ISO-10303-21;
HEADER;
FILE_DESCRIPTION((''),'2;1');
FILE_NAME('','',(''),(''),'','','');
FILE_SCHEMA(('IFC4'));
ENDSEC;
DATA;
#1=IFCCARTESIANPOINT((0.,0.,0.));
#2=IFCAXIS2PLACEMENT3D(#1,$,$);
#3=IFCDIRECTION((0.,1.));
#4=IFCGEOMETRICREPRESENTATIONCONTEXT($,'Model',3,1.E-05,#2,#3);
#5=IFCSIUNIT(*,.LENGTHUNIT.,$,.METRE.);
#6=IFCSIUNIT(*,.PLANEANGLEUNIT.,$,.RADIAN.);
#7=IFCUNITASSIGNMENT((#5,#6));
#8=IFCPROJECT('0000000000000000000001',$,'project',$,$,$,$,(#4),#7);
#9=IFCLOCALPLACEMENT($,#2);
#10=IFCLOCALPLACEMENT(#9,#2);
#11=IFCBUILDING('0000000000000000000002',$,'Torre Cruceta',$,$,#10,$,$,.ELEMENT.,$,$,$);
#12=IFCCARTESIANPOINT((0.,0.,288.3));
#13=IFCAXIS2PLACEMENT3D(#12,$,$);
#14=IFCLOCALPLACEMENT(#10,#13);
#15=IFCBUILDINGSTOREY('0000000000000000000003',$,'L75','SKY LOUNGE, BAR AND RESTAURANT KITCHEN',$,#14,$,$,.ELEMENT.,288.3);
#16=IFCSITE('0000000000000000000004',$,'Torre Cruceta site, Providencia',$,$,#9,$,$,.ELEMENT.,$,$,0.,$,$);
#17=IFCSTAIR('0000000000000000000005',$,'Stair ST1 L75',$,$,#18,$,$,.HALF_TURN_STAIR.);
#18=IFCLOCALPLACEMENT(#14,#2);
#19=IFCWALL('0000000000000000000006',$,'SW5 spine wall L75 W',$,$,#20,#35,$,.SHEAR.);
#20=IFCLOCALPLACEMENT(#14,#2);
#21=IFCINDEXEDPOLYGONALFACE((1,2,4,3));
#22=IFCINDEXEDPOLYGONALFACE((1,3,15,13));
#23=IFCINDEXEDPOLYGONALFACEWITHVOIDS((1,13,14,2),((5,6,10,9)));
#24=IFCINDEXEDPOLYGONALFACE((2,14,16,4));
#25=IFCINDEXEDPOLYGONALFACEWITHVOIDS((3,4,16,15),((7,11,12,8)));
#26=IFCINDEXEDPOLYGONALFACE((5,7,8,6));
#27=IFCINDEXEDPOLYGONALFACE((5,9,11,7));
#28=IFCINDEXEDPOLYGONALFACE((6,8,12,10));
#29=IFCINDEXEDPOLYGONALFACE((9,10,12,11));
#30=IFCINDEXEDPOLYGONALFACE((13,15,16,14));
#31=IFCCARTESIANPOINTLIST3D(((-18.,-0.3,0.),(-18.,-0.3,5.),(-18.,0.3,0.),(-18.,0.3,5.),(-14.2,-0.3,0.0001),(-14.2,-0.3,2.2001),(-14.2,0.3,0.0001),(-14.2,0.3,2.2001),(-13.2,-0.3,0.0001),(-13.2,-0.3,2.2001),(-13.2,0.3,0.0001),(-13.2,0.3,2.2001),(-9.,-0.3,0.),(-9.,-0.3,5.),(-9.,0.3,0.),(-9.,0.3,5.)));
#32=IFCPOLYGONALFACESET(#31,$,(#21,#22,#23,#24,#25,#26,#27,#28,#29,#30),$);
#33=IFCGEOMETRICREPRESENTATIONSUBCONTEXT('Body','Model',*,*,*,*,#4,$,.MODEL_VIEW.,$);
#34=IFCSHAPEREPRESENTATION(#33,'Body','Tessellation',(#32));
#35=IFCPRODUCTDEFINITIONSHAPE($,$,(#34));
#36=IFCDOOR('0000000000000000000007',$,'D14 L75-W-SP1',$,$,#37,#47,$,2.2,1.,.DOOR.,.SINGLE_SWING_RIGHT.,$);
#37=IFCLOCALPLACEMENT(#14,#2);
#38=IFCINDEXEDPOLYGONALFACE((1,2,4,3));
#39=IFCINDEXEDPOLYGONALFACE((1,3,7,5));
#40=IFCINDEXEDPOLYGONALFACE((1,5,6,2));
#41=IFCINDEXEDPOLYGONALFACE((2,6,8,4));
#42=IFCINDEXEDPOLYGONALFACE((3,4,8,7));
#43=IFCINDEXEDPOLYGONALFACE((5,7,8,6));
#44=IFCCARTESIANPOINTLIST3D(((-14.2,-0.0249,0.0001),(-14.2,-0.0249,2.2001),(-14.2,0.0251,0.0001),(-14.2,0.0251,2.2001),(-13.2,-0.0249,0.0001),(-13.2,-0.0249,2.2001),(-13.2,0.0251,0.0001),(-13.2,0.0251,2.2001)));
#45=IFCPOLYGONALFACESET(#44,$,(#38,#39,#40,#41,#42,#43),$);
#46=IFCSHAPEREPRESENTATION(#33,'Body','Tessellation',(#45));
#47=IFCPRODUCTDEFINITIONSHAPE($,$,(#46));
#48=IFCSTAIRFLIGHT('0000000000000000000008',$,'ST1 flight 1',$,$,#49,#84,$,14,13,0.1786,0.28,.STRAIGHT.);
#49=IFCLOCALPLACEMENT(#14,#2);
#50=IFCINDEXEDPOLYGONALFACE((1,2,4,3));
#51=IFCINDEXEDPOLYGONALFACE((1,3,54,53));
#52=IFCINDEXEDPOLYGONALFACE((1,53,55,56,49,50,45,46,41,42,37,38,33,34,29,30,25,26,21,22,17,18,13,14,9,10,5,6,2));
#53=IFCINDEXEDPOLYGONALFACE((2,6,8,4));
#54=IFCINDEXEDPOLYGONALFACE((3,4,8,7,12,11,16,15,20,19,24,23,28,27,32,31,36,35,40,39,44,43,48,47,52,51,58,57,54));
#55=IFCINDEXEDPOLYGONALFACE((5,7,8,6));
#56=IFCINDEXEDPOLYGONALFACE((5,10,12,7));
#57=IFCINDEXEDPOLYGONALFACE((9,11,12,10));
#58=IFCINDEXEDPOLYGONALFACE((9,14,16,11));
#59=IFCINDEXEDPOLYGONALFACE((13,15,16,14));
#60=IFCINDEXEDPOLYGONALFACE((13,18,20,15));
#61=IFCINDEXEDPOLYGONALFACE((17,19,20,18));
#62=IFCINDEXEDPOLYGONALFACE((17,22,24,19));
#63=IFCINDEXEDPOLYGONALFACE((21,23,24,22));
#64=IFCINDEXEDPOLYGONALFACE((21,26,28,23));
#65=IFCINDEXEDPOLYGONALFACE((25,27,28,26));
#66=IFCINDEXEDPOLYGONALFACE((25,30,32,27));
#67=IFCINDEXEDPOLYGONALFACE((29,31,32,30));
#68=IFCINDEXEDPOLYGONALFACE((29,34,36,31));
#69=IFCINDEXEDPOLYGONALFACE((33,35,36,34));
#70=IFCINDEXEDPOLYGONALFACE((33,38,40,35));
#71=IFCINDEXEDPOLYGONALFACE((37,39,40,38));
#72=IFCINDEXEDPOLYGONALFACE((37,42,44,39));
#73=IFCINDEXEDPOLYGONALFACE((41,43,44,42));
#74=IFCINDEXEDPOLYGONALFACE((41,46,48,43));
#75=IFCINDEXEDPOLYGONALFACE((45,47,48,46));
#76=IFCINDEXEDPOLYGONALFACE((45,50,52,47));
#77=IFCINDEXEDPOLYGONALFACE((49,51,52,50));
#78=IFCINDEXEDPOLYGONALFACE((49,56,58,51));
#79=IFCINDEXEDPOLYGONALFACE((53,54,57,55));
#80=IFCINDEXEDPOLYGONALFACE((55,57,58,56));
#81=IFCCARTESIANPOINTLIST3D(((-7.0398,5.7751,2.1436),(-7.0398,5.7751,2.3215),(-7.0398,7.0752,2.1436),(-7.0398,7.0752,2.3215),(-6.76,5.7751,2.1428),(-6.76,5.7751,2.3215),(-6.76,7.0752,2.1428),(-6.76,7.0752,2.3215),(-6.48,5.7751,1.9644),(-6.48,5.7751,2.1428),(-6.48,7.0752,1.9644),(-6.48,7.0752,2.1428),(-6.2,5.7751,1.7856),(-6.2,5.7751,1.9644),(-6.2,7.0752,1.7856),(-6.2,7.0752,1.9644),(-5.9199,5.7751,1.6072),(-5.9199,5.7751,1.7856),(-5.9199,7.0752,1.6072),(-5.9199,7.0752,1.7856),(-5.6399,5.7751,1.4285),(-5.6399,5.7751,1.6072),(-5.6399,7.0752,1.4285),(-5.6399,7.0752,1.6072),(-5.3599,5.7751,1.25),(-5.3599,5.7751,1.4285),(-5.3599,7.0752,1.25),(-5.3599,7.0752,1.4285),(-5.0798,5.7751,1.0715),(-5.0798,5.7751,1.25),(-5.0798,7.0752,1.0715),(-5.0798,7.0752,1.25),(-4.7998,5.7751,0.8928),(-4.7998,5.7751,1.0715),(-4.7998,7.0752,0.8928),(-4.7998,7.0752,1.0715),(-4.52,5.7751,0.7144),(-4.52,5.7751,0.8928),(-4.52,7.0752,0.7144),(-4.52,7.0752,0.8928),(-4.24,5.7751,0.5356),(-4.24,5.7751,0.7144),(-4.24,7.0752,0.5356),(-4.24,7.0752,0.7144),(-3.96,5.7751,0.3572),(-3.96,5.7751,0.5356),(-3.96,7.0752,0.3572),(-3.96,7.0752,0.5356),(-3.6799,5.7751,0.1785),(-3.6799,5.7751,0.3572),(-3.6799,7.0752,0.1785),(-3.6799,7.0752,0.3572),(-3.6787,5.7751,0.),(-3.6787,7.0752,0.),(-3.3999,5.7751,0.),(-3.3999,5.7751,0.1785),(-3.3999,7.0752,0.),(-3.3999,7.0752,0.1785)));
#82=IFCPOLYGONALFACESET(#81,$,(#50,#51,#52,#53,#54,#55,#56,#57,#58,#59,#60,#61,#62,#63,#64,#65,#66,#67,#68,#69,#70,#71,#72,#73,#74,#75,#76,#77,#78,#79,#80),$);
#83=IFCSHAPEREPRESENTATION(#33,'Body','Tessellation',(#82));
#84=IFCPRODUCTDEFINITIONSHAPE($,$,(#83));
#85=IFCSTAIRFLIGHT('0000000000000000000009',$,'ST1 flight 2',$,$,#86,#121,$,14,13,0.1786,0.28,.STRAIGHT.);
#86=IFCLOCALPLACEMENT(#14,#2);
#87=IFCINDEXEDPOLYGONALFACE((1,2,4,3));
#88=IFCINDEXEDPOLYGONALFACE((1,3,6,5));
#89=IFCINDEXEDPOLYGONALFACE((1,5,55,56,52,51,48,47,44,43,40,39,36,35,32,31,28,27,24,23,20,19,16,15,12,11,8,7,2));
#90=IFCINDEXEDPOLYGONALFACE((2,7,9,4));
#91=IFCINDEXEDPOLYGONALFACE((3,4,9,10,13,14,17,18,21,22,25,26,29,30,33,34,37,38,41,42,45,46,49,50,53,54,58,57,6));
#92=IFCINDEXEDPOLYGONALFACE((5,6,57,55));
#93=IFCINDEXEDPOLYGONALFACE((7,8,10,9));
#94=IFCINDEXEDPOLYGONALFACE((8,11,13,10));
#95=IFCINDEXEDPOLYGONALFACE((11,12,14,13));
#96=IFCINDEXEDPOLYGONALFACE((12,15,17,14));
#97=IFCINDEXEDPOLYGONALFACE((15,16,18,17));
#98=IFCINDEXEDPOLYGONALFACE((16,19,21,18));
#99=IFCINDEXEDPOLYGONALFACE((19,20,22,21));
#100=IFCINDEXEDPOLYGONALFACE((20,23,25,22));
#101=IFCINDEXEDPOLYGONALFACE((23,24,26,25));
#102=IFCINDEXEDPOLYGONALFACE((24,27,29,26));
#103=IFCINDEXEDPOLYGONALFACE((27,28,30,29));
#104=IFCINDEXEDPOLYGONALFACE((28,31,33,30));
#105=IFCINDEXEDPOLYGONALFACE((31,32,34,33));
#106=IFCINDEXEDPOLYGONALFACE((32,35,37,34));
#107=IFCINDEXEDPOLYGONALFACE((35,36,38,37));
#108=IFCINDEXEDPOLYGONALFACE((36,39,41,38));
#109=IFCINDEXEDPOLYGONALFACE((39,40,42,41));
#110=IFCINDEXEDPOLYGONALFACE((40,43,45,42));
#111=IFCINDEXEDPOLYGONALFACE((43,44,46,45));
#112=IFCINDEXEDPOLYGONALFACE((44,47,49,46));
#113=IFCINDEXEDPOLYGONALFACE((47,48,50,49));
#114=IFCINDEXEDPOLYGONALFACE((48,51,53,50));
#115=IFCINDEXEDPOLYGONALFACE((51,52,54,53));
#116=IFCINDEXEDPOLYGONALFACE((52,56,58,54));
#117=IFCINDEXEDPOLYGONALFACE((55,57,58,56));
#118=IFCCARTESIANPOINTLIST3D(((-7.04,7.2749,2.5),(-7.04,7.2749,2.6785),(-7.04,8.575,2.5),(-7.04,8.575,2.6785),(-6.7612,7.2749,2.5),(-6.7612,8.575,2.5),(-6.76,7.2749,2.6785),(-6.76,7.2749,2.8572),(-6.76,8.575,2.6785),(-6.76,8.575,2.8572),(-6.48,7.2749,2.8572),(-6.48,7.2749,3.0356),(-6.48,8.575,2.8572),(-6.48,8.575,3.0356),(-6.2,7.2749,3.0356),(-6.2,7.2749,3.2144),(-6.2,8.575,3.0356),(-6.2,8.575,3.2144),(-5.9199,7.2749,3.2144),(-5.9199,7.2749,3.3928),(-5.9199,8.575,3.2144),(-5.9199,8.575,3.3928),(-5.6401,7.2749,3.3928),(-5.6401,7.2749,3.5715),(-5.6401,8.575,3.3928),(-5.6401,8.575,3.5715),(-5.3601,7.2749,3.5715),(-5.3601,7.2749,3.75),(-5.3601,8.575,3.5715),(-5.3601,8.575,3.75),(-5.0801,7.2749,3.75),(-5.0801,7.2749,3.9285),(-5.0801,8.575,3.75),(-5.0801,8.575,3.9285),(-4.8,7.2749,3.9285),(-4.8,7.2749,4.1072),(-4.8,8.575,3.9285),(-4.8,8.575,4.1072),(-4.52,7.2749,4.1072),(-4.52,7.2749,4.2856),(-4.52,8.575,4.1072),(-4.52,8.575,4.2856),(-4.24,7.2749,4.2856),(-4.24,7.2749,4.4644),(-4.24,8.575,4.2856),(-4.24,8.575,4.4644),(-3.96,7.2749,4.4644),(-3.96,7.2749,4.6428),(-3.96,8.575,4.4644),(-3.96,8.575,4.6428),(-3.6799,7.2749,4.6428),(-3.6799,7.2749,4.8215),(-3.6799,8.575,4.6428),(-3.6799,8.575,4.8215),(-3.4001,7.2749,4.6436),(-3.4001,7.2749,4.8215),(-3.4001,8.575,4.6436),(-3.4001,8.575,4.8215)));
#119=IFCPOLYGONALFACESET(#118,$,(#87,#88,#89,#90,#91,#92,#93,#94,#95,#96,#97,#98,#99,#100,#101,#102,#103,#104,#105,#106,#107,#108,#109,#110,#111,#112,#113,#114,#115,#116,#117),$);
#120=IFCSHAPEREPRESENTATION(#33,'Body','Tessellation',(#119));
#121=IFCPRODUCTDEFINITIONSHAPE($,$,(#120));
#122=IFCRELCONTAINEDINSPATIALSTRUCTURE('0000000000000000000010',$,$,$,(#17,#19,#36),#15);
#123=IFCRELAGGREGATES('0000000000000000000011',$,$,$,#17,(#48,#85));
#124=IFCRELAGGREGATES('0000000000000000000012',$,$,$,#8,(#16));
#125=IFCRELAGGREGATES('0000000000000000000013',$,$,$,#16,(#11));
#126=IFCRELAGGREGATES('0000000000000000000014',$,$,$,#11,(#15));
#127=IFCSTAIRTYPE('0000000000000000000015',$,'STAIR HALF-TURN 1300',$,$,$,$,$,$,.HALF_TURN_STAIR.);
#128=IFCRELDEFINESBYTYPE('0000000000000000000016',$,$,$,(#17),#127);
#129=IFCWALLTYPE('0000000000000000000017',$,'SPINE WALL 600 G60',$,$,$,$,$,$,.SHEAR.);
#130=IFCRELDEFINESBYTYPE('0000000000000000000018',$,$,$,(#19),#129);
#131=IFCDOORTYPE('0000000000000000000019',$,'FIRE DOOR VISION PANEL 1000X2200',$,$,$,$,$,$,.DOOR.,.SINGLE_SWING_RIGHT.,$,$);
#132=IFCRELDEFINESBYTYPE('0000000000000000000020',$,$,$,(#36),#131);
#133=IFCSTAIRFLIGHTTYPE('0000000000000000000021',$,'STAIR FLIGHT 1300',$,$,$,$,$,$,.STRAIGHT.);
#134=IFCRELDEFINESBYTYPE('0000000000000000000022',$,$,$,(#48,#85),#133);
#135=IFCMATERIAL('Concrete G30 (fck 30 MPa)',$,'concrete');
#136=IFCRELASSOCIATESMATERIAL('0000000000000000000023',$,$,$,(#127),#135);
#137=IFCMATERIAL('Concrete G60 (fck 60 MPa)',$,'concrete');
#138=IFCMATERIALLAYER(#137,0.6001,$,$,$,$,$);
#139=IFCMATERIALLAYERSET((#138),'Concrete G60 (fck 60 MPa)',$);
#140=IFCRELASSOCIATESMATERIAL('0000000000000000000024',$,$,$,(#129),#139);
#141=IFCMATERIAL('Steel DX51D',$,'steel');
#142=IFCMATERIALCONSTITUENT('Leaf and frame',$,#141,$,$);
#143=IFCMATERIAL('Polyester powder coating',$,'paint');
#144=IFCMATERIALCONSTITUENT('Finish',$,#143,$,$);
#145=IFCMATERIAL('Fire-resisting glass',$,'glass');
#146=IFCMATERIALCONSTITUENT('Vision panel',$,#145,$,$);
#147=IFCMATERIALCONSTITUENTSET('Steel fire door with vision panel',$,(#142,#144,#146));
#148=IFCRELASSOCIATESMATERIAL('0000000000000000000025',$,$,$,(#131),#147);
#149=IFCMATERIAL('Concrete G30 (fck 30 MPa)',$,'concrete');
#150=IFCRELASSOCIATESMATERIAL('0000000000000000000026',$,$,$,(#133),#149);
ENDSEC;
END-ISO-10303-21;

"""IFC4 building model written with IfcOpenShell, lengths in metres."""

from ifc_helpers import new_model, si_unit, direction, frame, frame_2d, origin, place, context, subcontext, project, spatial, polyline, rectangle, outline, extrude, material, layer, layer_set, constituent, constituent_set, type_object, element, fill, aggregate, save


model = new_model("IFC4")

# Units and contexts
model_context = context("Model", 3, precision=1e-05, world=origin(), true_north=direction((0.0, 1.0)))
body_context = subcontext(model_context, "Body", "Model", "MODEL_VIEW")
ifc_project = project(units=[si_unit("LENGTHUNIT", "METRE"), si_unit("PLANEANGLEUNIT", "RADIAN")], contexts=[model_context])

# Site, building, storey
site_placement = place(None, origin())
site = spatial("IfcSite", under=ifc_project, at=site_placement, Name="Torre Cruceta site, Providencia", CompositionType="ELEMENT", RefElevation=0.0)
building_placement = place(site_placement, origin())
building = spatial("IfcBuilding", under=site, at=building_placement, Name="Torre Cruceta", CompositionType="ELEMENT")
storey_placement = place(building_placement, frame((0.0, 0.0, 288.3)))
storey = spatial("IfcBuildingStorey", under=building, at=storey_placement, Name="L75", Description="SKY LOUNGE, BAR AND RESTAURANT KITCHEN", CompositionType="ELEMENT", Elevation=288.3)

# Stair
ifc_material_1 = material(Name="Concrete G30 (fck 30 MPa)", Category="concrete")
stair_type = type_object("IfcStairType", Name="STAIR HALF-TURN 1300", PredefinedType="HALF_TURN_STAIR", material=ifc_material_1)
stair_1_placement = place(storey_placement, origin())
stair_1 = element("IfcStair", 1, at=stair_1_placement, inside=storey, type_object=stair_type, Name="Stair ST1 L75", PredefinedType="HALF_TURN_STAIR")

# Wall, opening, door
ifc_material_2 = material(Name="Concrete G60 (fck 60 MPa)", Category="concrete")
ifc_layer_1 = layer(ifc_material_2, 0.6001)
ifc_layer_set_1 = layer_set([ifc_layer_1], Name="Concrete G60 (fck 60 MPa)")
wall_type_1 = type_object("IfcWallType", Name="SPINE WALL 600 G60", PredefinedType="SHEAR", material=ifc_layer_set_1)
wall_1_placement = place(storey_placement, frame((-9.0, 0.0, 0.0), z_axis=(0.0, 0.0, 1.0), x_axis=(-1.0, 0.0, 0.0)))
wall_1 = element("IfcWall", 2, at=wall_1_placement, inside=storey, type_object=wall_type_1, Name="SW5 spine wall L75 W", PredefinedType="SHEAR", context=body_context, shape_type="SweptSolid", body=[
    extrude(rectangle(XDim=9.0, YDim=0.6001, at=frame_2d((4.5, 0.0))), origin(), (0.0, 0.0, 1.0), 5.0),
])
opening_1_placement = place(wall_1_placement, frame((4.2, 0.0, 0.0)))
opening_1 = element("IfcOpeningElement", 3, at=opening_1_placement, cuts=wall_1, PredefinedType="OPENING", context=body_context, shape_type="SweptSolid", body=[
    extrude(rectangle(XDim=1.0, YDim=2.2, at=frame_2d((0.5, 1.1001))), frame((0.0, 0.3101, 0.0), z_axis=(0.0, -1.0, 0.0), x_axis=(1.0, 0.0, 0.0)), (0.0, 0.0, 1.0), 0.6201),
])
ifc_material_3 = material(Name="Steel DX51D", Category="steel")
ifc_constituent_1 = constituent(ifc_material_3, Name="Leaf and frame")
ifc_material_4 = material(Name="Polyester powder coating", Category="paint")
ifc_constituent_2 = constituent(ifc_material_4, Name="Finish")
ifc_material_5 = material(Name="Fire-resisting glass", Category="glass")
ifc_constituent_3 = constituent(ifc_material_5, Name="Vision panel")
ifc_constituent_set_1 = constituent_set(constituents=[ifc_constituent_1, ifc_constituent_2, ifc_constituent_3], Name="Steel fire door with vision panel")
door_type_1 = type_object("IfcDoorType", Name="FIRE DOOR VISION PANEL 1000X2200", OperationType="SINGLE_SWING_RIGHT", PredefinedType="DOOR", material=ifc_constituent_set_1)
door_1_placement = place(opening_1_placement, frame((1.0, 0.0, 0.0), z_axis=(0.0, 0.0, 1.0), x_axis=(-1.0, 0.0, 0.0)))
door_1 = element("IfcDoor", 4, at=door_1_placement, inside=storey, type_object=door_type_1, Name="D14 L75-W-SP1", OperationType="SINGLE_SWING_RIGHT", OverallHeight=2.2, OverallWidth=1.0, PredefinedType="DOOR", context=body_context, shape_type="SweptSolid", body=[
    extrude(rectangle(XDim=1.0, YDim=2.2, at=frame_2d((0.5, 1.1001))), frame((0.0, 0.0251, 0.0), z_axis=(0.0, -1.0, 0.0), x_axis=(1.0, 0.0, 0.0)), (0.0, 0.0, 1.0), 0.05),
])
fill(opening_1, door_1)

# Stair flights
ifc_material_6 = material(Name="Concrete G30 (fck 30 MPa)", Category="concrete")
stair_flight_type = type_object("IfcStairFlightType", Name="STAIR FLIGHT 1300", PredefinedType="STRAIGHT", material=ifc_material_6)
stair_flight_1_placement = place(storey_placement, frame((-3.3999, 6.425, 0.0), z_axis=(0.0, 0.0, 1.0), x_axis=(-1.0, 0.0, 0.0)))
stair_flight_1 = element("IfcStairFlight", 5, at=stair_flight_1_placement, type_object=stair_flight_type, Name="ST1 flight 1", NumberOfRisers=14, NumberOfTreads=13, PredefinedType="STRAIGHT", RiserHeight=0.1786, TreadLength=0.28, context=body_context, shape_type="SweptSolid", body=[
    extrude(outline(polyline([(0.0, 0.0), (0.0, 0.1785), (0.28, 0.1785), (0.28, 0.3572), (0.5601, 0.3572), (0.5601, 0.5356), (0.8401, 0.5356), (0.8401, 0.7144), (1.1201, 0.7144), (1.1201, 0.8928), (1.3999, 0.8928), (1.3999, 1.0715), (1.6799, 1.0715), (1.6799, 1.25), (1.96, 1.25), (1.96, 1.4285), (2.24, 1.4285), (2.24, 1.6072), (2.52, 1.6072), (2.52, 1.7856), (2.8, 1.7856), (2.8, 1.9644), (3.0801, 1.9644), (3.0801, 2.1428), (3.3601, 2.1428), (3.3601, 2.3215), (3.6399, 2.3215), (3.6399, 2.5), (3.6399, 2.1436), (0.2788, 0.0), (0.0, 0.0)])), frame((0.0, 0.6499, 0.0), z_axis=(0.0, -1.0, 0.0), x_axis=(1.0, 0.0, 0.0)), (0.0, 0.0, 1.0), 1.3),
])
stair_flight_2_placement = place(storey_placement, frame((-7.04, 7.925, 2.5), z_axis=(0.0, 0.0, 1.0), x_axis=(1.0, 0.0, 0.0)))
stair_flight_2 = element("IfcStairFlight", 6, at=stair_flight_2_placement, type_object=stair_flight_type, Name="ST1 flight 2", NumberOfRisers=14, NumberOfTreads=13, PredefinedType="STRAIGHT", RiserHeight=0.1786, TreadLength=0.28, context=body_context, shape_type="SweptSolid", body=[
    extrude(outline(polyline([(0.0, 0.0), (0.0, 0.1785), (0.28, 0.1785), (0.28, 0.3572), (0.5601, 0.3572), (0.5601, 0.5356), (0.8401, 0.5356), (0.8401, 0.7144), (1.1201, 0.7144), (1.1201, 0.8928), (1.3999, 0.8928), (1.3999, 1.0715), (1.6799, 1.0715), (1.6799, 1.25), (1.96, 1.25), (1.96, 1.4285), (2.24, 1.4285), (2.24, 1.6072), (2.52, 1.6072), (2.52, 1.7856), (2.8, 1.7856), (2.8, 1.9644), (3.0801, 1.9644), (3.0801, 2.1428), (3.3601, 2.1428), (3.3601, 2.3215), (3.6399, 2.3215), (3.6399, 2.5), (3.6399, 2.1436), (0.2788, 0.0), (0.0, 0.0)])), frame((0.0, 0.6499, 0.0), z_axis=(0.0, -1.0, 0.0), x_axis=(1.0, 0.0, 0.0)), (0.0, 0.0, 1.0), 1.3),
])
aggregate(stair_1, [stair_flight_1, stair_flight_2])

save(model, "model.ifc")
